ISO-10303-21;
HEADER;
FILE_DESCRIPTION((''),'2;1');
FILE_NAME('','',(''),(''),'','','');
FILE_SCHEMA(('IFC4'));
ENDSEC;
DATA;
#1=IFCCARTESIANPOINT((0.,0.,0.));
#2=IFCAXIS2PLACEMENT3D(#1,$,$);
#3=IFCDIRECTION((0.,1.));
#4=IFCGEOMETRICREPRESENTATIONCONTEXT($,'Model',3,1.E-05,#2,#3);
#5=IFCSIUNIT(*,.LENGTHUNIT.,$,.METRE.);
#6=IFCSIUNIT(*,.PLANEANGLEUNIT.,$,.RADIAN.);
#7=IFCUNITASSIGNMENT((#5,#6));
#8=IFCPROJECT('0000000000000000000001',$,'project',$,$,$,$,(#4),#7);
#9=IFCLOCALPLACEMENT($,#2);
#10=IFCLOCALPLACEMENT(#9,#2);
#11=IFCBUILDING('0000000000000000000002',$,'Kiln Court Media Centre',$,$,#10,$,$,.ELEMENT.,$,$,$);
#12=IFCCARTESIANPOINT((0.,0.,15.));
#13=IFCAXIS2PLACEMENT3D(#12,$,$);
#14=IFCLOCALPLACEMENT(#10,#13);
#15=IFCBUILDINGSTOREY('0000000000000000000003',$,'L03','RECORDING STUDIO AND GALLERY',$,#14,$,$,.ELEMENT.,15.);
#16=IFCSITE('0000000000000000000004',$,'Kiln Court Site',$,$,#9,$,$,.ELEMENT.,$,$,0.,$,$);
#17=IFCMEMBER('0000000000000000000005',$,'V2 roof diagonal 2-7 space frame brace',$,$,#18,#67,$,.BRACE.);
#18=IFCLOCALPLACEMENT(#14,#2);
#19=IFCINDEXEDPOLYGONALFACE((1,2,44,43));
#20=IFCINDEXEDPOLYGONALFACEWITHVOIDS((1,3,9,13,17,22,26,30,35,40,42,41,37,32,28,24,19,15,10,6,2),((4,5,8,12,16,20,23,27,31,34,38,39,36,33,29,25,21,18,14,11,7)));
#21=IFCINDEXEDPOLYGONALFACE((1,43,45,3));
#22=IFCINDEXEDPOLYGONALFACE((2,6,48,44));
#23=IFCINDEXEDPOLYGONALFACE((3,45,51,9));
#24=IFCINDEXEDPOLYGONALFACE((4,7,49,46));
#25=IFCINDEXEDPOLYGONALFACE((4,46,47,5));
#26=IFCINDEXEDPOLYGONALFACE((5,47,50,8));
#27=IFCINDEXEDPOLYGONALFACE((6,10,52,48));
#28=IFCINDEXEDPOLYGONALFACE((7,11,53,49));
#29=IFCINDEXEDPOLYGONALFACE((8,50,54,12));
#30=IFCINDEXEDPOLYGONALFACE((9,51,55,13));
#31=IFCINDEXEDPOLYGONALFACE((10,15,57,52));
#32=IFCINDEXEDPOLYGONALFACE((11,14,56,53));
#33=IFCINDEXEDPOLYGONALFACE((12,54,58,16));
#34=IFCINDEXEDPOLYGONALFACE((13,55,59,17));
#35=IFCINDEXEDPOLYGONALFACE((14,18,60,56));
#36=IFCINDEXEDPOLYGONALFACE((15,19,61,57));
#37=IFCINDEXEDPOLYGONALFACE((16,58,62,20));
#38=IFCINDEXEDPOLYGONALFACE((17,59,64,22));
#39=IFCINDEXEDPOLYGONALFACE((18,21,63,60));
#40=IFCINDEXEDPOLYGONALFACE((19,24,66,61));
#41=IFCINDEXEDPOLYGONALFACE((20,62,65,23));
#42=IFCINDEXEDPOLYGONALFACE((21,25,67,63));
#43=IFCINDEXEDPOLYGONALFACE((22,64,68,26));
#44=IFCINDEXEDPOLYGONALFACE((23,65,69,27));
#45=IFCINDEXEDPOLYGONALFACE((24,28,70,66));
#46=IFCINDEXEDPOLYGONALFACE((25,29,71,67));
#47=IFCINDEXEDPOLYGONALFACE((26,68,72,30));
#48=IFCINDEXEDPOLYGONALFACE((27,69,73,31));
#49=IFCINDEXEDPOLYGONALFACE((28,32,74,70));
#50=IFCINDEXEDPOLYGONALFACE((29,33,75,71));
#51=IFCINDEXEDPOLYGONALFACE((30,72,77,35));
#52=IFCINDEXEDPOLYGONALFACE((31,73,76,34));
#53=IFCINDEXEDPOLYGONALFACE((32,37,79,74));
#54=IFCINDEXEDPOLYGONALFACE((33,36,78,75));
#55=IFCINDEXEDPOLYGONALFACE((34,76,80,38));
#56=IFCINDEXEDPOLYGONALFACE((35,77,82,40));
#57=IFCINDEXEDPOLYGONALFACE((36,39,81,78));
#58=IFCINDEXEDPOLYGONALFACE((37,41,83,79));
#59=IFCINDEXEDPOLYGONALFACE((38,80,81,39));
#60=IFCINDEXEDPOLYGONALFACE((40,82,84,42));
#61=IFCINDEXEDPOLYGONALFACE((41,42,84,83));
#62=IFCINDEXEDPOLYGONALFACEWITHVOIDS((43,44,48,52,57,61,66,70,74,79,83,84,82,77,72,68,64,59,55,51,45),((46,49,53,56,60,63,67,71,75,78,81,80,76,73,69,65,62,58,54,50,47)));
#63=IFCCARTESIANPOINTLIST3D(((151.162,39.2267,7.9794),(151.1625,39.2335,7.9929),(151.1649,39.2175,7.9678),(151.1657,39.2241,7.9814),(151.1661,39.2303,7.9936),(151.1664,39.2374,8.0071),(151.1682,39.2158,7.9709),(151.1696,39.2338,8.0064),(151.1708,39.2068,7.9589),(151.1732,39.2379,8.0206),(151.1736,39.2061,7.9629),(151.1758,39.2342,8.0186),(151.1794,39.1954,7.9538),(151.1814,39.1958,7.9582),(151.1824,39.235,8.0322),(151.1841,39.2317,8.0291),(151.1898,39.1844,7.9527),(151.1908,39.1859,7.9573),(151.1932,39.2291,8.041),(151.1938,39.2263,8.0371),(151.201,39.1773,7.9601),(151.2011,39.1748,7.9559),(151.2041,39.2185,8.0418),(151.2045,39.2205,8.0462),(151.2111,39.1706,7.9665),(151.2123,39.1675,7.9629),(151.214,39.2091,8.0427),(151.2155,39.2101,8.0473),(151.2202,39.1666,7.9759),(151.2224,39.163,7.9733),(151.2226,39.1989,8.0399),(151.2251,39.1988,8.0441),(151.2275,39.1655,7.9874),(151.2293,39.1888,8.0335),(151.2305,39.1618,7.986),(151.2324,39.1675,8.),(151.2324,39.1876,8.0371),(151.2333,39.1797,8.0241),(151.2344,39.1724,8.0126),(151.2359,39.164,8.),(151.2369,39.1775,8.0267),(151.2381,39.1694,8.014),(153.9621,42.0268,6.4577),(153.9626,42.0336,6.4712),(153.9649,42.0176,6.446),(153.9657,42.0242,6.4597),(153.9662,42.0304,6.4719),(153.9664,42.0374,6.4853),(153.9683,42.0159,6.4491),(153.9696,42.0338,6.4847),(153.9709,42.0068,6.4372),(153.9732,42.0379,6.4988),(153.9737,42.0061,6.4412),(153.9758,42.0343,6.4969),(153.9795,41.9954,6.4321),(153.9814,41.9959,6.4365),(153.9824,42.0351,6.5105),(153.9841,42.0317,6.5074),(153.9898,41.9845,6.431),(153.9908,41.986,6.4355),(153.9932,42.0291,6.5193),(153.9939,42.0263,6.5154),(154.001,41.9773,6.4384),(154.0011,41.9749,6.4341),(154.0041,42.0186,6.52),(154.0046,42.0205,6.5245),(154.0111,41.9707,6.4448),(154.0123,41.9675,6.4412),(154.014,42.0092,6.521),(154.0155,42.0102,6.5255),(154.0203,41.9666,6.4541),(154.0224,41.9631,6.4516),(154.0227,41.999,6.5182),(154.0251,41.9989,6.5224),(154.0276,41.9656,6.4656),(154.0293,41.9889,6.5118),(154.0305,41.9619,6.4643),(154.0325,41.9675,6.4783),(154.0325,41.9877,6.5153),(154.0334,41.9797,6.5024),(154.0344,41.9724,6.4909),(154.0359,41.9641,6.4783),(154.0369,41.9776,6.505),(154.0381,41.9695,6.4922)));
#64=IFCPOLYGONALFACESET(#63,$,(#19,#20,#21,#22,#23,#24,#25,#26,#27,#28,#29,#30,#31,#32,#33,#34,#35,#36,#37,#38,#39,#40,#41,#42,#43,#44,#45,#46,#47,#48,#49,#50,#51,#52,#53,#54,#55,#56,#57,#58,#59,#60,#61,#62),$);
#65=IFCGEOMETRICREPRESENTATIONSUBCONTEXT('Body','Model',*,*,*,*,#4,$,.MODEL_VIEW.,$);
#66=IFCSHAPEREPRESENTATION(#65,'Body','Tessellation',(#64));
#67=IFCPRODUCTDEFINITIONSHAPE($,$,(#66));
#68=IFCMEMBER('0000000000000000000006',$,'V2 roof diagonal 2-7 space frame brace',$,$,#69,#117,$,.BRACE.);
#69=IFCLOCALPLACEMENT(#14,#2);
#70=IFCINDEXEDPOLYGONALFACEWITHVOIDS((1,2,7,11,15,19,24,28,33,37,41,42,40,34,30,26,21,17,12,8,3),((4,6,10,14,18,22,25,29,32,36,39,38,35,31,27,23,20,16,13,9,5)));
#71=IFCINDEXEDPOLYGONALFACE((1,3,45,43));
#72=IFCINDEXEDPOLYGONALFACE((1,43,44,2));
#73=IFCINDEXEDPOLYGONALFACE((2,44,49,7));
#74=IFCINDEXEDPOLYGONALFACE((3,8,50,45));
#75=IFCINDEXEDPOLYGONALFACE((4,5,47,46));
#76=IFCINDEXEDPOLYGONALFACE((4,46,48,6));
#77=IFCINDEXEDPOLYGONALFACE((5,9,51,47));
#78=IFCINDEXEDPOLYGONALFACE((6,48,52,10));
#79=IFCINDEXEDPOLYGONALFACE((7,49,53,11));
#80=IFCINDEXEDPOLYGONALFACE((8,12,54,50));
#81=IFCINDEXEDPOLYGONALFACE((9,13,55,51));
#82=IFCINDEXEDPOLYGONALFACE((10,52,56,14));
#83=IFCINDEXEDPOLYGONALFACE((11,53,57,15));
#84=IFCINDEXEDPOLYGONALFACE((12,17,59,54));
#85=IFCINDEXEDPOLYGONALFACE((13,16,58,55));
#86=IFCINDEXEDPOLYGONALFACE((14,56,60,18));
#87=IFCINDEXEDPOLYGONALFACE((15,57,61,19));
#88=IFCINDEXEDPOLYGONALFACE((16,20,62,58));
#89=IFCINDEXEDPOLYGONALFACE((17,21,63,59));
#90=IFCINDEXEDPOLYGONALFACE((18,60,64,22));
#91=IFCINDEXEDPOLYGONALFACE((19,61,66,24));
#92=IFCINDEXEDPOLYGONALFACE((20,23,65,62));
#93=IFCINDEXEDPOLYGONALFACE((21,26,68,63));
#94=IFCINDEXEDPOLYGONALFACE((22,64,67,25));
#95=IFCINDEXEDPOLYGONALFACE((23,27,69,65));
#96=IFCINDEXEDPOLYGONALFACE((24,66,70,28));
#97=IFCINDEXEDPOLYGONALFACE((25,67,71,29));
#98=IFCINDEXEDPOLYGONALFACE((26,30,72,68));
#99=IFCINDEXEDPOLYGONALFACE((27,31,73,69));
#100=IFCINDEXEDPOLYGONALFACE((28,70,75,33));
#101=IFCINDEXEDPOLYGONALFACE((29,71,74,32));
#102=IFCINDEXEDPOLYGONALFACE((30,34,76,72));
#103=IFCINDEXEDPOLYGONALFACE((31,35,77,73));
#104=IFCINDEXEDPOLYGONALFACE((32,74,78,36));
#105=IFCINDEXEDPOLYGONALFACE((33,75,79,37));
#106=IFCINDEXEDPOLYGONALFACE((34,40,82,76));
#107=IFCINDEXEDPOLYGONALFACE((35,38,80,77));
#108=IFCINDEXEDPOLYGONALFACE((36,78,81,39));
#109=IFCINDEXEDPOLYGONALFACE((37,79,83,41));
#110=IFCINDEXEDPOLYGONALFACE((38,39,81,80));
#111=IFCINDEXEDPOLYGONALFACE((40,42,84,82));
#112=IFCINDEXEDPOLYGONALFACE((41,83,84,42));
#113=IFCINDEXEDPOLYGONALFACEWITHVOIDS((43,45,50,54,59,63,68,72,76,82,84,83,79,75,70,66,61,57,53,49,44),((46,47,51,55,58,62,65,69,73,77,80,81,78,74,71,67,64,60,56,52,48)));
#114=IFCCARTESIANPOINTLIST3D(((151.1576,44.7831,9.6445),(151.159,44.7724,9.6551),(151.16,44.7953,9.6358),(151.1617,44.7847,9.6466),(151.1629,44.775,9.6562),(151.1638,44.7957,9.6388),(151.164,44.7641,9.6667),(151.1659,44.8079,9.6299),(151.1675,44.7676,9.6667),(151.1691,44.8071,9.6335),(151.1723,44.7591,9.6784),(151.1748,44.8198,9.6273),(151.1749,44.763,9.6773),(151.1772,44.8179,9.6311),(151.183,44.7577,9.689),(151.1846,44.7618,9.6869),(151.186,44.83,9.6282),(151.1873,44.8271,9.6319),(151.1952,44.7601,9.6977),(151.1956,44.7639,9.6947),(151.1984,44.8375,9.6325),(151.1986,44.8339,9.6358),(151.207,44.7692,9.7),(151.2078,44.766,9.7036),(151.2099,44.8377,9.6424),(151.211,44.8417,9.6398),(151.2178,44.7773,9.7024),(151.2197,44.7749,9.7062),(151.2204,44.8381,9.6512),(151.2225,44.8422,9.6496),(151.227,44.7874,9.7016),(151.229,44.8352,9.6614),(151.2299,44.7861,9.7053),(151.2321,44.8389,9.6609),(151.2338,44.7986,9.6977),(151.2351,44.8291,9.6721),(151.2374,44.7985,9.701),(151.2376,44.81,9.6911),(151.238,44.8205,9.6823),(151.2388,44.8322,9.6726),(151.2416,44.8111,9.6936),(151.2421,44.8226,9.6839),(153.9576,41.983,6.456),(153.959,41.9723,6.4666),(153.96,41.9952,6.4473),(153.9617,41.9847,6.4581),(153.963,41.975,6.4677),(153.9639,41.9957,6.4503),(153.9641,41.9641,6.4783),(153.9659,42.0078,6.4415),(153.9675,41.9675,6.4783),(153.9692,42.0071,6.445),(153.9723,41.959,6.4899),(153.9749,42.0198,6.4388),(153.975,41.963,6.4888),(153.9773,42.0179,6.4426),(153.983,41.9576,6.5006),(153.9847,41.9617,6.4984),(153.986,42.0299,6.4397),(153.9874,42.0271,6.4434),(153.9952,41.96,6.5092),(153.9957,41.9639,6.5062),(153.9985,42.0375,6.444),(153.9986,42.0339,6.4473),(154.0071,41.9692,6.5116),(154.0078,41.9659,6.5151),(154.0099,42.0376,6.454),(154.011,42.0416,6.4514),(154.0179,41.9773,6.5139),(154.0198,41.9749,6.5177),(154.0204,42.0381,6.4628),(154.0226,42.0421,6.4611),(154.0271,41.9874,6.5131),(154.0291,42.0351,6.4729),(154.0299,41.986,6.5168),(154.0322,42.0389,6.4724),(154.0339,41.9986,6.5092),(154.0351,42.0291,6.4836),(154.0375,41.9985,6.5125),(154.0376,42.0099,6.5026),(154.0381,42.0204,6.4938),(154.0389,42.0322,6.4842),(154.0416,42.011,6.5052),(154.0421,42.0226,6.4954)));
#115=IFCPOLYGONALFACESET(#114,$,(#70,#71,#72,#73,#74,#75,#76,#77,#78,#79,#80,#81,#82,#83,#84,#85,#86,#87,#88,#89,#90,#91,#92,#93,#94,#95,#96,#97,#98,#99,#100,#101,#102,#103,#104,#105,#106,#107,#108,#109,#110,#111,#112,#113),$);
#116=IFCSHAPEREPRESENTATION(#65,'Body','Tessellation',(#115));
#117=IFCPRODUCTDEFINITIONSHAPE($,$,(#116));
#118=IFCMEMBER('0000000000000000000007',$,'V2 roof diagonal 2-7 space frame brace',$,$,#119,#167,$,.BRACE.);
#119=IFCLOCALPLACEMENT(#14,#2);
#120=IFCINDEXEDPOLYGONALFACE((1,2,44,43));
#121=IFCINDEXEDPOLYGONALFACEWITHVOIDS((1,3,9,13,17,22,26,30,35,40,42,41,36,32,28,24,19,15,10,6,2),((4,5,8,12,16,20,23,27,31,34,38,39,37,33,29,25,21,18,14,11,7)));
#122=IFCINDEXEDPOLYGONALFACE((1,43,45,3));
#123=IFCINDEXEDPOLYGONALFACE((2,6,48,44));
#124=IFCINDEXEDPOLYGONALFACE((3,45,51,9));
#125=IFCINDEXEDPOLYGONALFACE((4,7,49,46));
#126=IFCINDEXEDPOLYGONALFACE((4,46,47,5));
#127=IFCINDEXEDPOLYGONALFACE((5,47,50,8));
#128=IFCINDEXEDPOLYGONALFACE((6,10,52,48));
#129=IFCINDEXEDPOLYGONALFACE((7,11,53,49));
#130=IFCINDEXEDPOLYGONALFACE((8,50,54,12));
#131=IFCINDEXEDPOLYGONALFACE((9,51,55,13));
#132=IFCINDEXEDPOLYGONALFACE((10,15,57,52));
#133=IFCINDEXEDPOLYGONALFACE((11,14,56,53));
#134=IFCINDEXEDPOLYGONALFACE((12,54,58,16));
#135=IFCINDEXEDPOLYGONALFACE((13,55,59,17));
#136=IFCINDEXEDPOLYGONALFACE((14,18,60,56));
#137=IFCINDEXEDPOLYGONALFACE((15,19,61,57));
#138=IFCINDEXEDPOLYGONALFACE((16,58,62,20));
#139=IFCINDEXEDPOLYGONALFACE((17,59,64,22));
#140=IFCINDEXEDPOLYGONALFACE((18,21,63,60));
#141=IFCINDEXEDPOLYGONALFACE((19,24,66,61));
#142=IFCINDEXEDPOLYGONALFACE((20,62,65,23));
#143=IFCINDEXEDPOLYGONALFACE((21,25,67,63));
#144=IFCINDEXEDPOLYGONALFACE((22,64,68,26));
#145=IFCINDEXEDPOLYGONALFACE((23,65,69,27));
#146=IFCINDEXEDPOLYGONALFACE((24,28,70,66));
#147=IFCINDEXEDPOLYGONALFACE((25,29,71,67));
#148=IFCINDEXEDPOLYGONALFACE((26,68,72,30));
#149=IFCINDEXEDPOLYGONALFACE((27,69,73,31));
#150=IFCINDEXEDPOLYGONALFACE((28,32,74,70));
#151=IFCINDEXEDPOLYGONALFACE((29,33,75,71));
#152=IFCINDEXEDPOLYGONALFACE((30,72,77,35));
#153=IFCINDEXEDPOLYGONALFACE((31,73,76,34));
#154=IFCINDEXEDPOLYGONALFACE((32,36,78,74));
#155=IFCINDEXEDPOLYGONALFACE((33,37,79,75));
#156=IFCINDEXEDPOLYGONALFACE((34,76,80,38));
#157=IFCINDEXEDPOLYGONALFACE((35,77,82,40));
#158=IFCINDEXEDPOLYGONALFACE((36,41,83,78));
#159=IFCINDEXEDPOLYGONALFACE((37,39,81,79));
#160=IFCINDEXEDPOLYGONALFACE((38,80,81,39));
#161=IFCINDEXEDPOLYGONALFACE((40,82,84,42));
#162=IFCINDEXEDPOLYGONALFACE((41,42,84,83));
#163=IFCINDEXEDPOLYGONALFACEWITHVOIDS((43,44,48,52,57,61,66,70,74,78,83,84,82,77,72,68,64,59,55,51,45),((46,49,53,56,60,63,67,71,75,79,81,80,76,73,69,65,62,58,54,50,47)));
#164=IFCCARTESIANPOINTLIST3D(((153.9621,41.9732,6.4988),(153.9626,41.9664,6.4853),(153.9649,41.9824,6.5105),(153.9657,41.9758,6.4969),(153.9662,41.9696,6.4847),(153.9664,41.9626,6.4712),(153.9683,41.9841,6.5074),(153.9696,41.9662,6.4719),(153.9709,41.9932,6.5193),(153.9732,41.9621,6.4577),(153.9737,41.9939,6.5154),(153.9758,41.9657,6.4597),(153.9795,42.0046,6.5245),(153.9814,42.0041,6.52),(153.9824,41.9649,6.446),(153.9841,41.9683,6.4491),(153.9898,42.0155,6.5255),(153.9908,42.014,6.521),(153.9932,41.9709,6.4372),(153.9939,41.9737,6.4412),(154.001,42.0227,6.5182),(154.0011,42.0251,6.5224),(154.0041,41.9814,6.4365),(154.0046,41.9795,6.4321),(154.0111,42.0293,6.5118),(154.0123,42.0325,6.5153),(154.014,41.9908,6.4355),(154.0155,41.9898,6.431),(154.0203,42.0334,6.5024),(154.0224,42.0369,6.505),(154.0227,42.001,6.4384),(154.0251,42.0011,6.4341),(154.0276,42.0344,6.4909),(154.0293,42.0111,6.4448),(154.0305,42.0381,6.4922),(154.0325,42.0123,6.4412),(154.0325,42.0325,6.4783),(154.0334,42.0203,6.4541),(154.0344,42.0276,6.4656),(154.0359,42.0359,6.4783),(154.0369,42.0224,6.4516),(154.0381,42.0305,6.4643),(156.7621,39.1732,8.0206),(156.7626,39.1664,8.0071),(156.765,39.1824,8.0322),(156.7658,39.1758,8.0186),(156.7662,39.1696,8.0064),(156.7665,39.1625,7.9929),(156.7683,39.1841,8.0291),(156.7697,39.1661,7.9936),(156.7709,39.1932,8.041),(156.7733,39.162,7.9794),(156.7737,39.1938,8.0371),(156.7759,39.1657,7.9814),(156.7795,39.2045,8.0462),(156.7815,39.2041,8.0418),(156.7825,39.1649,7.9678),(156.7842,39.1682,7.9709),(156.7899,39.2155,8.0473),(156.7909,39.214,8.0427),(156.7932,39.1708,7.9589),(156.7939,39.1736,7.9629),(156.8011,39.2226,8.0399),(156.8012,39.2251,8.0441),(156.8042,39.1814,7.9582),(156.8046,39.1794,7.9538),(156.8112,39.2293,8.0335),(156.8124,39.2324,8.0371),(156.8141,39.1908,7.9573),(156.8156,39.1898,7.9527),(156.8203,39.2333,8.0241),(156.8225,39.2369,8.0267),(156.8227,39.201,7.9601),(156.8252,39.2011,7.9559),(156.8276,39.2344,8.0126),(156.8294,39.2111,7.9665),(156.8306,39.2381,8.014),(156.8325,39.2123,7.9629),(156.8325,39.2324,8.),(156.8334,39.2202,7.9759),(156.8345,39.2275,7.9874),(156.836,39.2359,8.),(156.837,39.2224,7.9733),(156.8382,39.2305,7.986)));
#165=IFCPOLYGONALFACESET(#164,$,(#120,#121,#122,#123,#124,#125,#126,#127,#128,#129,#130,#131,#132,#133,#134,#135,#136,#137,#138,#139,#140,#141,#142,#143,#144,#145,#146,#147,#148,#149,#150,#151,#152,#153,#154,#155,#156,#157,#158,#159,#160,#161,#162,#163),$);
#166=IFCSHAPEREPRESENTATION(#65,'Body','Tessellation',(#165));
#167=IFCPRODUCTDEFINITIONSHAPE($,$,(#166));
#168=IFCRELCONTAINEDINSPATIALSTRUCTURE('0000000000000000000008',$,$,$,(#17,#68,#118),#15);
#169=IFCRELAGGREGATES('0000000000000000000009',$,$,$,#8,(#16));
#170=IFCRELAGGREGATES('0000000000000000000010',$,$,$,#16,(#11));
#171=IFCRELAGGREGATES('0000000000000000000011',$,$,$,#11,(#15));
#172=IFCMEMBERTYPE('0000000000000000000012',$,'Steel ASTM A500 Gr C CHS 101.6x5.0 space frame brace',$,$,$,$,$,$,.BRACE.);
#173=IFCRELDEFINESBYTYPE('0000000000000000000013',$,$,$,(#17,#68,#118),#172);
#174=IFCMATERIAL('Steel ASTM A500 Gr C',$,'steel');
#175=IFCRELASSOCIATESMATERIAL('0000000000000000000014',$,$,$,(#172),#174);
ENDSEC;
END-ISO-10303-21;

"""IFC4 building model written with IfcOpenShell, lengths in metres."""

from ifc_helpers import new_model, si_unit, direction, frame, origin, origin_2d, place, context, subcontext, project, spatial, hollow_circle, extrude, material, material_profile, profile_set, type_object, element, save


model = new_model("IFC4")

# Units and contexts
model_context = context("Model", 3, precision=1e-05, world=origin(), true_north=direction((0.0, 1.0)))
body_context = subcontext(model_context, "Body", "Model", "MODEL_VIEW")
ifc_project = project(units=[si_unit("LENGTHUNIT", "METRE"), si_unit("PLANEANGLEUNIT", "RADIAN")], contexts=[model_context])

# Site, building, storey
site_placement = place(None, origin())
site = spatial("IfcSite", under=ifc_project, at=site_placement, Name="Kiln Court Site", CompositionType="ELEMENT", RefElevation=0.0)
building_placement = place(site_placement, origin())
building = spatial("IfcBuilding", under=site, at=building_placement, Name="Kiln Court Media Centre", CompositionType="ELEMENT")
storey_placement = place(building_placement, frame((0.0, 0.0, 15.0)))
storey = spatial("IfcBuildingStorey", under=building, at=storey_placement, Name="L03", Description="RECORDING STUDIO AND GALLERY", CompositionType="ELEMENT", Elevation=15.0)

# Members
ifc_material_1 = material(Name="Steel ASTM A500 Gr C", Category="steel")
ifc_material_profile_1 = material_profile(ifc_material_1, hollow_circle(Radius=0.0508, WallThickness=0.0049, at=origin_2d()), Name="CHS 101.6x5.0")
ifc_profile_set_1 = profile_set([ifc_material_profile_1], Name="Steel ASTM A500 Gr C")
member_type_1 = type_object("IfcMemberType", Name="Steel ASTM A500 Gr C CHS 101.6x5.0 space frame brace", PredefinedType="BRACE", material=ifc_profile_set_1)
member_1_placement = place(storey_placement, frame((154.0, 42.0, 6.4783), z_axis=(-0.660047, -0.660047, 0.358713), x_axis=(0.707107, -0.707107, 0.0)))
element("IfcMember", 1, at=member_1_placement, inside=storey, type_object=member_type_1, Name="V2 roof diagonal 2-7 space frame brace", PredefinedType="BRACE", context=body_context, shape_type="SweptSolid", body=[
    extrude(hollow_circle(Radius=0.0508, WallThickness=0.0049, at=origin_2d()), origin(), (0.0, 0.0, 1.0), 4.2422),
])
member_2_placement = place(storey_placement, frame((154.0, 42.0, 6.4783), z_axis=(-0.550758, 0.550758, 0.627161), x_axis=(-0.707107, -0.707107, 0.0)))
element("IfcMember", 2, at=member_2_placement, inside=storey, type_object=member_type_1, Name="V2 roof diagonal 2-7 space frame brace", PredefinedType="BRACE", context=body_context, shape_type="SweptSolid", body=[
    extrude(hollow_circle(Radius=0.0508, WallThickness=0.0049, at=origin_2d()), origin(), (0.0, 0.0, 1.0), 5.084),
])
member_3_placement = place(storey_placement, frame((154.0, 42.0, 6.4783), z_axis=(0.660047, -0.660047, 0.358713), x_axis=(0.707107, 0.707107, 0.0)))
element("IfcMember", 3, at=member_3_placement, inside=storey, type_object=member_type_1, Name="V2 roof diagonal 2-7 space frame brace", PredefinedType="BRACE", context=body_context, shape_type="SweptSolid", body=[
    extrude(hollow_circle(Radius=0.0508, WallThickness=0.0049, at=origin_2d()), origin(), (0.0, 0.0, 1.0), 4.2422),
])

save(model, "model.ifc")
